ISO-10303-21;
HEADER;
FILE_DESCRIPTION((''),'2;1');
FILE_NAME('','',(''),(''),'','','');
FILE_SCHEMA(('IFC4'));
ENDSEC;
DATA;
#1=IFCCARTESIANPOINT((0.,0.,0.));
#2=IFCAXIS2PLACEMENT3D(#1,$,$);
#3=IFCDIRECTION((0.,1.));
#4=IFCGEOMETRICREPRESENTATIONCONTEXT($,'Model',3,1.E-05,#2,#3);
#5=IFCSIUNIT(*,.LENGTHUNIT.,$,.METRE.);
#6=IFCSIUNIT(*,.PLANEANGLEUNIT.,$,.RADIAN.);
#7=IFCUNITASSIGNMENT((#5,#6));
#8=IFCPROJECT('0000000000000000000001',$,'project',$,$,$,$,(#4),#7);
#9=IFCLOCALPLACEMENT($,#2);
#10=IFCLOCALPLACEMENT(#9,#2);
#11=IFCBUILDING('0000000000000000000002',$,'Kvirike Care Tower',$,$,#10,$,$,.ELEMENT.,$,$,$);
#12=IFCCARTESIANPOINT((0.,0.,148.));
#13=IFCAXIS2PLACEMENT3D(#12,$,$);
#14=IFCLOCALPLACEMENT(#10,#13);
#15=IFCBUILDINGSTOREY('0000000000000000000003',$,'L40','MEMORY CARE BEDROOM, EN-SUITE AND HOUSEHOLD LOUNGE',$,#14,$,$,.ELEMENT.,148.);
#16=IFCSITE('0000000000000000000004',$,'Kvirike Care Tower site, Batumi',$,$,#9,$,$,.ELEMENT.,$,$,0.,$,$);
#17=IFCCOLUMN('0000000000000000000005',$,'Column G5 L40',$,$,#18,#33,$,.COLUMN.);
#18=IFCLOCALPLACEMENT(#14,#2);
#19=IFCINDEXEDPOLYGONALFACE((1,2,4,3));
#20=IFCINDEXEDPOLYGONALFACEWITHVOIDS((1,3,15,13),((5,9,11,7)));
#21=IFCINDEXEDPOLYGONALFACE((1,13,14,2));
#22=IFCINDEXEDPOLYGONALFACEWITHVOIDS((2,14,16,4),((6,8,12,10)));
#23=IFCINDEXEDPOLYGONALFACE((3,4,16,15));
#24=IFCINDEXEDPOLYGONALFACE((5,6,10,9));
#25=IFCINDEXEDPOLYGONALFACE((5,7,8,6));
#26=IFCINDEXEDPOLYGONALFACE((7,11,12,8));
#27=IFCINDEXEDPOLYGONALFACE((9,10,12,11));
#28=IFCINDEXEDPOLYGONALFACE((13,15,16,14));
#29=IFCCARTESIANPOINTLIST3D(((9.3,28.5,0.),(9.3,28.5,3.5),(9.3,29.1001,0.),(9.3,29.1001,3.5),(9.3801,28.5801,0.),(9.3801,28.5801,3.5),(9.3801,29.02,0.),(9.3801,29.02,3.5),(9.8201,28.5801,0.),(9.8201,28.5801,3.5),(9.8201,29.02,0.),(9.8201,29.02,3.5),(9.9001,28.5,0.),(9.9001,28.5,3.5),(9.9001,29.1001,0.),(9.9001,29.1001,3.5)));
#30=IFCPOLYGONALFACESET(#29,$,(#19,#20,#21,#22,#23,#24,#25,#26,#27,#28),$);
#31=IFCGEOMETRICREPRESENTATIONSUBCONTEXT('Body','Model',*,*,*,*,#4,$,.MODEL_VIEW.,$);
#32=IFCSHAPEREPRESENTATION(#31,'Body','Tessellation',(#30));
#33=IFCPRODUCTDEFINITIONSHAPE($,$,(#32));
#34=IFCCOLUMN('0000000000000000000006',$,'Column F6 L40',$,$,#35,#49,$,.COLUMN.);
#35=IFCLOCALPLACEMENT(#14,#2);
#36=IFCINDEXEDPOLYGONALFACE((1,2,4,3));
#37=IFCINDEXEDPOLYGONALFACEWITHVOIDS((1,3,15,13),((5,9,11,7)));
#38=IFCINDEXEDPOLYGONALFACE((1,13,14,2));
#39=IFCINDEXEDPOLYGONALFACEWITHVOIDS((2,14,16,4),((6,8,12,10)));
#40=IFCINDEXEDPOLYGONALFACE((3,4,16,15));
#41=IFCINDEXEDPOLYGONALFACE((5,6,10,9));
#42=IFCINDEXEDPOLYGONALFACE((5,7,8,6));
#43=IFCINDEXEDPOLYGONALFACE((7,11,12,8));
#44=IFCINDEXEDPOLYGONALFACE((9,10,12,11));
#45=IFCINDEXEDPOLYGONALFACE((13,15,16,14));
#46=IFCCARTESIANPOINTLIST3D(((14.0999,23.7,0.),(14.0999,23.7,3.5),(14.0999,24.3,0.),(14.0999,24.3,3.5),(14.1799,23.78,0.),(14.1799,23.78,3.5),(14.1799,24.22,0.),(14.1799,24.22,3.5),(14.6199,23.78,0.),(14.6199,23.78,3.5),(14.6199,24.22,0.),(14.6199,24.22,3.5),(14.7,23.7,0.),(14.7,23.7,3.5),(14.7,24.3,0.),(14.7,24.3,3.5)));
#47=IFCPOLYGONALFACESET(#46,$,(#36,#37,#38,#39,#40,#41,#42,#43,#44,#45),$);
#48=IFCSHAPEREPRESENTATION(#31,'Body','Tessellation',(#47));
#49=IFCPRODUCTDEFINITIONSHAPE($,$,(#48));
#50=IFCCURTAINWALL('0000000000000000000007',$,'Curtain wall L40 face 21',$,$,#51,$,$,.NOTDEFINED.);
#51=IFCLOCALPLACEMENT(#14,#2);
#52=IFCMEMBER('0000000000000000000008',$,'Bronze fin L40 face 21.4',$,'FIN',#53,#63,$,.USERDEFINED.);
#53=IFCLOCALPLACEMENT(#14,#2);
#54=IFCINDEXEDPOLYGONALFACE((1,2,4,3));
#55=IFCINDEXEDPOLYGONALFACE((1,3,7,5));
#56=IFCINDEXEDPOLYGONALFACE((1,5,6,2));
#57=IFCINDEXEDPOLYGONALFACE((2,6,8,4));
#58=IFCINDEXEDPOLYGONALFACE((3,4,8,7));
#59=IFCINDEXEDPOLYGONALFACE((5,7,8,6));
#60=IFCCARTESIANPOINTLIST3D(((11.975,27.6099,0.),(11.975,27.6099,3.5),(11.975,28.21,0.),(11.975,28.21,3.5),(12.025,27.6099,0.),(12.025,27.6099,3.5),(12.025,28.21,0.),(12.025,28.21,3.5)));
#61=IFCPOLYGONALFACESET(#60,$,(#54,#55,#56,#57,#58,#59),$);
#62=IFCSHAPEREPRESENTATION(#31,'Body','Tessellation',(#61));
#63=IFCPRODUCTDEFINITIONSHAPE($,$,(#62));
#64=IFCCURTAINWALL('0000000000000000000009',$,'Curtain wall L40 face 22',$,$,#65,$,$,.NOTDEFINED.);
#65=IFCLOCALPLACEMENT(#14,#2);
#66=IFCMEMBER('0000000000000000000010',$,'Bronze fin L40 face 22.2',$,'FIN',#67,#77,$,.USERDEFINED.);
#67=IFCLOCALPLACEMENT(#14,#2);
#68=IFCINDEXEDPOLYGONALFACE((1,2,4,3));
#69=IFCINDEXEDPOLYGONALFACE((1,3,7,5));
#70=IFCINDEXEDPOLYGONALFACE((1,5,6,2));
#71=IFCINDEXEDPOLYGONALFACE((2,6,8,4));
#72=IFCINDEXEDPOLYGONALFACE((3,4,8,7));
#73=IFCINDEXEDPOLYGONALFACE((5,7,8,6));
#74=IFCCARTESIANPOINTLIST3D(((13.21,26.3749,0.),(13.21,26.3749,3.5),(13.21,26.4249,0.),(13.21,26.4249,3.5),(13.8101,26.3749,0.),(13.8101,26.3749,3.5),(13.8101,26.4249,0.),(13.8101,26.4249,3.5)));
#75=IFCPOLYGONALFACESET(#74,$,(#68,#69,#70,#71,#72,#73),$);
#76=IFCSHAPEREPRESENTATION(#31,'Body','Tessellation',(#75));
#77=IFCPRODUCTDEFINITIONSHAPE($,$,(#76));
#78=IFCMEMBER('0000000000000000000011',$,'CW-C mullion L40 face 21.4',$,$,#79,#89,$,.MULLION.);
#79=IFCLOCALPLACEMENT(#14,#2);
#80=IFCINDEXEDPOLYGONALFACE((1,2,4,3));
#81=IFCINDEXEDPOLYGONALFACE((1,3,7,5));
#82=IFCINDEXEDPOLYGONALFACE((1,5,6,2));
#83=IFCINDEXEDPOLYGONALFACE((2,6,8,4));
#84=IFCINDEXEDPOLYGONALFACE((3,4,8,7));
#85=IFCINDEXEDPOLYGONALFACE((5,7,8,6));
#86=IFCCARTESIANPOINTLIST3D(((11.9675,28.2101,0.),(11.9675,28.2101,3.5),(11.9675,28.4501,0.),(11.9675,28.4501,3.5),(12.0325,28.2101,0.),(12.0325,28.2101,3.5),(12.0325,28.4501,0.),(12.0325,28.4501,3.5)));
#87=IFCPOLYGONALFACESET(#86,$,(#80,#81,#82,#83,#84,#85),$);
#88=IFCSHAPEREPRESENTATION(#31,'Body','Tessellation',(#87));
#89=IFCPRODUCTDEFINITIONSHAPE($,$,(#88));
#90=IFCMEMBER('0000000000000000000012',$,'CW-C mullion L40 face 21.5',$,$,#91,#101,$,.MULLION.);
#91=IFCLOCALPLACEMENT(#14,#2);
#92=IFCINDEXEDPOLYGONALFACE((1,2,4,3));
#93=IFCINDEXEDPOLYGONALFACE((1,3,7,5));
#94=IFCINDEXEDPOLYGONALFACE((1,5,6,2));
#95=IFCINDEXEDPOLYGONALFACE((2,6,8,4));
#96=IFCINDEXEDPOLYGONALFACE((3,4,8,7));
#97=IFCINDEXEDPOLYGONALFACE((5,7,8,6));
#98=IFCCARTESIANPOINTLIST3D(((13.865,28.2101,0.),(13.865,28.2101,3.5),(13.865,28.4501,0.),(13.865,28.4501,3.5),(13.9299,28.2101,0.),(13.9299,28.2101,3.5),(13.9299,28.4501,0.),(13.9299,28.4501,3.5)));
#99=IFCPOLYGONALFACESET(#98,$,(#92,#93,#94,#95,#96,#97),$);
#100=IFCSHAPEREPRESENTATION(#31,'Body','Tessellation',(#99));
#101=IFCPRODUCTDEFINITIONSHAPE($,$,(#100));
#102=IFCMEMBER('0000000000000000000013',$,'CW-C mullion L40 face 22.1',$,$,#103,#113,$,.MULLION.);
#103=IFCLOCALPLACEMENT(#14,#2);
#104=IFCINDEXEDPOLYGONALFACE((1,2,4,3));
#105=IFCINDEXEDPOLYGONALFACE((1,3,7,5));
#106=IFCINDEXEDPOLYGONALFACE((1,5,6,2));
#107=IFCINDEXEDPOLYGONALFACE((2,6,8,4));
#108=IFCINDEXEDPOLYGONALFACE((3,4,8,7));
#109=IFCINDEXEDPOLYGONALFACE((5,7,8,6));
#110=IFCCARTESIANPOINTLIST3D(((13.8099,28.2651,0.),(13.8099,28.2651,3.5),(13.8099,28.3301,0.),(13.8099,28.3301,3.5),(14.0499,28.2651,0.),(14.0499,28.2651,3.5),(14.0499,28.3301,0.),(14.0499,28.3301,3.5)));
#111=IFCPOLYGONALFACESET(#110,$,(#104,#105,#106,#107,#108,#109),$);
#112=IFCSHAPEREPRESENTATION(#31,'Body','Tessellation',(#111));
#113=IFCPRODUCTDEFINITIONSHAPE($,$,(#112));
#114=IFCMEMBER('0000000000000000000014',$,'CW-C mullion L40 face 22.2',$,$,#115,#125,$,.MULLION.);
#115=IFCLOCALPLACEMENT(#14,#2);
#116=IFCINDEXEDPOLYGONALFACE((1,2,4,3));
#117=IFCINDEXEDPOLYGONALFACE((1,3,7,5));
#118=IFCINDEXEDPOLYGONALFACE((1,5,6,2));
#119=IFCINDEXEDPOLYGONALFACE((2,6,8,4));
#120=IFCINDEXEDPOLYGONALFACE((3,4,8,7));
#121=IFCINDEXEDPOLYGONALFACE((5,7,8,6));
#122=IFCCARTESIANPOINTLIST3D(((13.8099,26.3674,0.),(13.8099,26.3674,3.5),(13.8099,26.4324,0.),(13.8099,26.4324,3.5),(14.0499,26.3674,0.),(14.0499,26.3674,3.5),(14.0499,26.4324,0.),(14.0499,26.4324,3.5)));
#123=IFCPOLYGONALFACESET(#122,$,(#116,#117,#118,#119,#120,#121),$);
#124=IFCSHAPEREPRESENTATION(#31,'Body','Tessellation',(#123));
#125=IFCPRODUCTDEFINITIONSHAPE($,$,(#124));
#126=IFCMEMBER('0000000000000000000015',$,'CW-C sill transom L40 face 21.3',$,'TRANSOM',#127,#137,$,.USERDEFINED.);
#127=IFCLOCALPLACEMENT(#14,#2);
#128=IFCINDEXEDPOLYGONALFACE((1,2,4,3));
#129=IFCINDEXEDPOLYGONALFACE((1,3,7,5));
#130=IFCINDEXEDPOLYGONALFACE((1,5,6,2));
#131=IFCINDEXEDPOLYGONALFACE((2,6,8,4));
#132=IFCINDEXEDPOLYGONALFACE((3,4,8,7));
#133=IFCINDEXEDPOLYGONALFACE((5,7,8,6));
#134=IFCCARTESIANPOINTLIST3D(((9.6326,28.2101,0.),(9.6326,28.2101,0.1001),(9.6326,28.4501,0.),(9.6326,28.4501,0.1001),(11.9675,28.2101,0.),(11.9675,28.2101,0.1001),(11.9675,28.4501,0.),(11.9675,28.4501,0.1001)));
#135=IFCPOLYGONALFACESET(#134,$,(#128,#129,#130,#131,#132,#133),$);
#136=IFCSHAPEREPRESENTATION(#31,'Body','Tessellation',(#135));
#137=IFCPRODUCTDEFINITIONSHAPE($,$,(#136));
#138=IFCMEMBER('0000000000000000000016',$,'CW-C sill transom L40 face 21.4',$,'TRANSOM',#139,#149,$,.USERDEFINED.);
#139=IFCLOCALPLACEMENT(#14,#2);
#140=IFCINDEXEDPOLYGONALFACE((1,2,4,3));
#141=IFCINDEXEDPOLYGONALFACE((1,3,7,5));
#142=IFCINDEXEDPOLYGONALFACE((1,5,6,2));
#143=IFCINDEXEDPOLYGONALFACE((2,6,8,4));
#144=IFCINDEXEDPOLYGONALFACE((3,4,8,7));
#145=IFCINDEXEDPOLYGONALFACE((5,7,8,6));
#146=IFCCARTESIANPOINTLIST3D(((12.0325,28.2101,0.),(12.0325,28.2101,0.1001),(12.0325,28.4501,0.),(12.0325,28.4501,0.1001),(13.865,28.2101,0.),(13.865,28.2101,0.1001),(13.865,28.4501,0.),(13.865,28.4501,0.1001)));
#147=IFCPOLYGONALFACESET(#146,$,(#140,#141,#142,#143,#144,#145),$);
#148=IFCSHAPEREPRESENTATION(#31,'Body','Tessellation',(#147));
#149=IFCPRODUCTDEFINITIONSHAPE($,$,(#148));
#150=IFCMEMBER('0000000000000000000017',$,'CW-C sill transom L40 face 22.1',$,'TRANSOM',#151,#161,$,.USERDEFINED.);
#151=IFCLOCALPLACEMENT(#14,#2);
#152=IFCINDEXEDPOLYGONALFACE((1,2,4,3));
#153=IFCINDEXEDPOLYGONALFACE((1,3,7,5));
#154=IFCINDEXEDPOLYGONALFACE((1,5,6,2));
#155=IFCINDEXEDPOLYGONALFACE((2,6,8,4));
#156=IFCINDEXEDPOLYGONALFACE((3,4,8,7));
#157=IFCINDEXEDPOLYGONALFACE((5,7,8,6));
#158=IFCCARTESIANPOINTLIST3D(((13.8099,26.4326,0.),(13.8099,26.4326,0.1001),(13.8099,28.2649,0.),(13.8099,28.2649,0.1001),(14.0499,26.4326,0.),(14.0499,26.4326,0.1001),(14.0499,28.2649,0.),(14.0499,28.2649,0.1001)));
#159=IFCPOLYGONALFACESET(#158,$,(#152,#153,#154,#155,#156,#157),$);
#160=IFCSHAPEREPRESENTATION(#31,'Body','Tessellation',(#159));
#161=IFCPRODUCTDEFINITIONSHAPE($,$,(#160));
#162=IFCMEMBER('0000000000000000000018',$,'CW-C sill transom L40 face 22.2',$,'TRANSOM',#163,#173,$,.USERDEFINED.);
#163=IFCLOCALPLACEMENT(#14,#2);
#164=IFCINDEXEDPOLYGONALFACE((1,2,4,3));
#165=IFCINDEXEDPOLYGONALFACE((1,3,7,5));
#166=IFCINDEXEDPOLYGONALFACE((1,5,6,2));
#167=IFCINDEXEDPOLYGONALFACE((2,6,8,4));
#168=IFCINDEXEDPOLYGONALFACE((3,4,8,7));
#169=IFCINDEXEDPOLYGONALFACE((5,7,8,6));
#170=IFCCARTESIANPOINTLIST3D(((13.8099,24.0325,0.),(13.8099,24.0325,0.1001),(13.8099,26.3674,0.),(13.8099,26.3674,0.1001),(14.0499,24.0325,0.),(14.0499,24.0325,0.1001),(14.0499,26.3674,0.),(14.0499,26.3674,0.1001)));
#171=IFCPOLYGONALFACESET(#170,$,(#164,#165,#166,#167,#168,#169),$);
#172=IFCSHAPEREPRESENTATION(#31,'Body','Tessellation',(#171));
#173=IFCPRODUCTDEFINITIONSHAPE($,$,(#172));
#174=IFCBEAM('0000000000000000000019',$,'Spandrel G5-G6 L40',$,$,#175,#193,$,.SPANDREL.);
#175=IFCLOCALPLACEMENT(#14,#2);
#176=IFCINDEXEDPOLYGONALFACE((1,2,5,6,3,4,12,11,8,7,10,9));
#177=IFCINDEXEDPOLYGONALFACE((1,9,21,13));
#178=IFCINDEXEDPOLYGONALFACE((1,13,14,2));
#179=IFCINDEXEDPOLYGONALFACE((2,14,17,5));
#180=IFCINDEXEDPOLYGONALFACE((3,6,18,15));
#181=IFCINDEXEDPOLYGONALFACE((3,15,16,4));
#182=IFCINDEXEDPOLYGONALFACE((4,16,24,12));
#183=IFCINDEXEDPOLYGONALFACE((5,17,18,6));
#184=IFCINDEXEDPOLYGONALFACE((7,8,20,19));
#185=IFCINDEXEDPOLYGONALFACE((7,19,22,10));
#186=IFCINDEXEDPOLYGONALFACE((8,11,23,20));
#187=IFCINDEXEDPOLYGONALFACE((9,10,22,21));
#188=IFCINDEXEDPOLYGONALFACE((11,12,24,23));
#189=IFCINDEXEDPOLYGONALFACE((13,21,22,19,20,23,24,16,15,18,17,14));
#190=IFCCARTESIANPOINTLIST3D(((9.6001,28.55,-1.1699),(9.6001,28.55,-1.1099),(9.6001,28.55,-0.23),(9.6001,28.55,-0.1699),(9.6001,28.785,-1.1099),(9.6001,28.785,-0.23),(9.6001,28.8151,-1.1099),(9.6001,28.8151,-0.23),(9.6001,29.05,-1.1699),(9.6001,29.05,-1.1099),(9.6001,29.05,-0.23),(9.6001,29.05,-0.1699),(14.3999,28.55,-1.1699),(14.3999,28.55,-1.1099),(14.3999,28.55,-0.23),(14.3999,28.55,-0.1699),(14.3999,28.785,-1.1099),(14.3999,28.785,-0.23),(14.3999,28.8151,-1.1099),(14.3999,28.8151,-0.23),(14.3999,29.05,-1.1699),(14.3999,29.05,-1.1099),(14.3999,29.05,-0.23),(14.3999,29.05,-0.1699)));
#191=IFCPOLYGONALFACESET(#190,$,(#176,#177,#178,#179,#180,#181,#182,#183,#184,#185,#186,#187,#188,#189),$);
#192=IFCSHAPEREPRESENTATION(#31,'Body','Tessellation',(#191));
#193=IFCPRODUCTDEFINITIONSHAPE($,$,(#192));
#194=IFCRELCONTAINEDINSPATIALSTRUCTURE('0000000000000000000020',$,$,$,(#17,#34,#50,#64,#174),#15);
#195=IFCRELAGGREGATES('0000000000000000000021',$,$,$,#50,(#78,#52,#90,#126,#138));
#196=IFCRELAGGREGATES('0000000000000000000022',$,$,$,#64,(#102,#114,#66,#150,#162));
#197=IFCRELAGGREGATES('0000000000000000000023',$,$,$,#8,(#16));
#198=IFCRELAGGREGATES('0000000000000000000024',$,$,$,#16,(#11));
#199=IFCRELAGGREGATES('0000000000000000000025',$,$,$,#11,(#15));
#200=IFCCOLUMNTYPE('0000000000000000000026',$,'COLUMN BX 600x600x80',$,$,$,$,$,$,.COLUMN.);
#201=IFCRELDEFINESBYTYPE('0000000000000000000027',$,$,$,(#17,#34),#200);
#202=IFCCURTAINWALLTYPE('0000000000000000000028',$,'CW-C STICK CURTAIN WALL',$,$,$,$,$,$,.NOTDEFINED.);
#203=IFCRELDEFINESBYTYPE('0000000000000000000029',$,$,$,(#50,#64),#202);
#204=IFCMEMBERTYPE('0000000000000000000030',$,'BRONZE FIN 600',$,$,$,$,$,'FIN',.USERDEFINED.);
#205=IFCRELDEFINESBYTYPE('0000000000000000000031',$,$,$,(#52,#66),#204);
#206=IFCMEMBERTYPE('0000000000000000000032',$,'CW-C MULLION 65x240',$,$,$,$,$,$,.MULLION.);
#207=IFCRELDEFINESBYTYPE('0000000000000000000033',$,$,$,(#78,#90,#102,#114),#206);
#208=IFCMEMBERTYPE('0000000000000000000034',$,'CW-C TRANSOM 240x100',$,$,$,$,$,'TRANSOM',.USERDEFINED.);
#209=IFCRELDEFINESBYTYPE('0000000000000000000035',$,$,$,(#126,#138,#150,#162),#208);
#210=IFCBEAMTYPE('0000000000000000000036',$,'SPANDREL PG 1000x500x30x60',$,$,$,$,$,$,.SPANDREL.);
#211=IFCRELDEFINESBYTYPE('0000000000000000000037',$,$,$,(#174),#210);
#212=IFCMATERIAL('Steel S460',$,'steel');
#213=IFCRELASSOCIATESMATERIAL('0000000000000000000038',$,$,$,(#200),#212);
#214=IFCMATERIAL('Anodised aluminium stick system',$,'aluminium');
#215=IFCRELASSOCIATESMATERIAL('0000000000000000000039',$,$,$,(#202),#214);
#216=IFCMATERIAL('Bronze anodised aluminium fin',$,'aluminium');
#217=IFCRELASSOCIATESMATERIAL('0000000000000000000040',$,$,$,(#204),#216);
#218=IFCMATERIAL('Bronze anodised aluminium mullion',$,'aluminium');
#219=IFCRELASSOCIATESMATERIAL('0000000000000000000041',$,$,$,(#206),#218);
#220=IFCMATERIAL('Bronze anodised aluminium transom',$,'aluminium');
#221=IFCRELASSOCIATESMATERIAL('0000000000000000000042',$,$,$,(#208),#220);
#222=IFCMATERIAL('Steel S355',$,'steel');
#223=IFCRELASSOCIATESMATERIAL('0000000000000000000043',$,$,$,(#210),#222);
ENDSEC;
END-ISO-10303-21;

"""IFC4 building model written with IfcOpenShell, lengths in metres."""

from ifc_helpers import new_model, si_unit, direction, frame, origin, origin_2d, place, context, subcontext, project, spatial, rectangle, hollow_rectangle, i_section, extrude, material, material_profile, profile_set, type_object, element, aggregate, save


model = new_model("IFC4")

# Units and contexts
model_context = context("Model", 3, precision=1e-05, world=origin(), true_north=direction((0.0, 1.0)))
body_context = subcontext(model_context, "Body", "Model", "MODEL_VIEW")
ifc_project = project(units=[si_unit("LENGTHUNIT", "METRE"), si_unit("PLANEANGLEUNIT", "RADIAN")], contexts=[model_context])

# Site, building, storey
site_placement = place(None, origin())
site = spatial("IfcSite", under=ifc_project, at=site_placement, Name="Kvirike Care Tower site, Batumi", CompositionType="ELEMENT", RefElevation=0.0)
building_placement = place(site_placement, origin())
building = spatial("IfcBuilding", under=site, at=building_placement, Name="Kvirike Care Tower", CompositionType="ELEMENT")
storey_placement = place(building_placement, frame((0.0, 0.0, 148.0)))
storey = spatial("IfcBuildingStorey", under=building, at=storey_placement, Name="L40", Description="MEMORY CARE BEDROOM, EN-SUITE AND HOUSEHOLD LOUNGE", CompositionType="ELEMENT", Elevation=148.0)

# Columns
ifc_material_1 = material(Name="Steel S460", Category="steel")
ifc_material_profile_1 = material_profile(ifc_material_1, hollow_rectangle(XDim=0.6001, YDim=0.6001, WallThickness=0.0801, at=origin_2d()), Name="BX 600x600x80")
ifc_profile_set_1 = profile_set([ifc_material_profile_1], Name="Steel S460")
column_type = type_object("IfcColumnType", Name="COLUMN BX 600x600x80", PredefinedType="COLUMN", material=ifc_profile_set_1)
for number, where, z_axis, x_axis, name in (
    (1, (9.6001, 28.8, 0.0), (0.0, 0.0, 1.0), (0.0, 1.0, 0.0), "Column G5 L40"),
    (2, (14.3999, 24.0, 0.0), (0.0, 0.0, 1.0), (1.0, 0.0, 0.0), "Column F6 L40"),
):
    element("IfcColumn", number, at=place(storey_placement, frame(where, z_axis=z_axis, x_axis=x_axis)), inside=storey, type_object=column_type, Name=name, PredefinedType="COLUMN", context=body_context, shape_type="SweptSolid", body=[
        extrude(hollow_rectangle(XDim=0.6001, YDim=0.6001, WallThickness=0.0801, at=origin_2d()), origin(), (0.0, 0.0, 1.0), 3.5),
    ])

# Curtain walls, members
ifc_material_2 = material(Name="Anodised aluminium stick system", Category="aluminium")
curtain_wall_type = type_object("IfcCurtainWallType", Name="CW-C STICK CURTAIN WALL", PredefinedType="NOTDEFINED", material=ifc_material_2)
curtain_wall_1_placement = place(storey_placement, origin())
curtain_wall_1 = element("IfcCurtainWall", 3, at=curtain_wall_1_placement, inside=storey, type_object=curtain_wall_type, Name="Curtain wall L40 face 21", PredefinedType="NOTDEFINED")
ifc_material_3 = material(Name="Bronze anodised aluminium fin", Category="aluminium")
ifc_material_profile_2 = material_profile(ifc_material_3, rectangle(XDim=0.05, YDim=0.6001, at=origin_2d()), Name="BRONZE FIN 600")
ifc_profile_set_2 = profile_set([ifc_material_profile_2], Name="Bronze anodised aluminium fin")
member_type_1 = type_object("IfcMemberType", Name="BRONZE FIN 600", ElementType="FIN", PredefinedType="USERDEFINED", material=ifc_profile_set_2)
member_1_placement = place(storey_placement, frame((12.0, 27.9099, 0.0), z_axis=(0.0, 0.0, 1.0), x_axis=(1.0, 0.0, 0.0)))
member_1 = element("IfcMember", 4, at=member_1_placement, type_object=member_type_1, Name="Bronze fin L40 face 21.4", ObjectType="FIN", PredefinedType="USERDEFINED", context=body_context, shape_type="SweptSolid", body=[
    extrude(rectangle(XDim=0.05, YDim=0.6001, at=origin_2d()), origin(), (0.0, 0.0, 1.0), 3.5),
])
curtain_wall_2_placement = place(storey_placement, origin())
curtain_wall_2 = element("IfcCurtainWall", 5, at=curtain_wall_2_placement, inside=storey, type_object=curtain_wall_type, Name="Curtain wall L40 face 22", PredefinedType="NOTDEFINED")
member_2_placement = place(storey_placement, frame((13.51, 26.3999, 0.0), z_axis=(0.0, 0.0, 1.0), x_axis=(0.0, -1.0, 0.0)))
member_2 = element("IfcMember", 6, at=member_2_placement, type_object=member_type_1, Name="Bronze fin L40 face 22.2", ObjectType="FIN", PredefinedType="USERDEFINED", context=body_context, shape_type="SweptSolid", body=[
    extrude(rectangle(XDim=0.05, YDim=0.6001, at=origin_2d()), origin(), (0.0, 0.0, 1.0), 3.5),
])

# Members
ifc_material_4 = material(Name="Bronze anodised aluminium mullion", Category="aluminium")
ifc_material_profile_3 = material_profile(ifc_material_4, rectangle(XDim=0.0649, YDim=0.24, at=origin_2d()), Name="CW-C MULLION 65x240")
ifc_profile_set_3 = profile_set([ifc_material_profile_3], Name="Bronze anodised aluminium mullion")
member_type_2 = type_object("IfcMemberType", Name="CW-C MULLION 65x240", PredefinedType="MULLION", material=ifc_profile_set_3)
member_3_placement = place(storey_placement, frame((12.0, 28.3301, 0.0), z_axis=(0.0, 0.0, 1.0), x_axis=(1.0, 0.0, 0.0)))
member_3 = element("IfcMember", 7, at=member_3_placement, type_object=member_type_2, Name="CW-C mullion L40 face 21.4", PredefinedType="MULLION", context=body_context, shape_type="SweptSolid", body=[
    extrude(rectangle(XDim=0.0649, YDim=0.24, at=origin_2d()), origin(), (0.0, 0.0, 1.0), 3.5),
])
member_4_placement = place(storey_placement, frame((13.8975, 28.3301, 0.0), z_axis=(0.0, 0.0, 1.0), x_axis=(1.0, 0.0, 0.0)))
member_4 = element("IfcMember", 8, at=member_4_placement, type_object=member_type_2, Name="CW-C mullion L40 face 21.5", PredefinedType="MULLION", context=body_context, shape_type="SweptSolid", body=[
    extrude(rectangle(XDim=0.0649, YDim=0.24, at=origin_2d()), origin(), (0.0, 0.0, 1.0), 3.5),
])
member_5_placement = place(storey_placement, frame((13.9299, 28.2976, 0.0), z_axis=(0.0, 0.0, 1.0), x_axis=(0.0, -1.0, 0.0)))
member_5 = element("IfcMember", 9, at=member_5_placement, type_object=member_type_2, Name="CW-C mullion L40 face 22.1", PredefinedType="MULLION", context=body_context, shape_type="SweptSolid", body=[
    extrude(rectangle(XDim=0.0649, YDim=0.24, at=origin_2d()), origin(), (0.0, 0.0, 1.0), 3.5),
])
member_6_placement = place(storey_placement, frame((13.9299, 26.3999, 0.0), z_axis=(0.0, 0.0, 1.0), x_axis=(0.0, -1.0, 0.0)))
member_6 = element("IfcMember", 10, at=member_6_placement, type_object=member_type_2, Name="CW-C mullion L40 face 22.2", PredefinedType="MULLION", context=body_context, shape_type="SweptSolid", body=[
    extrude(rectangle(XDim=0.0649, YDim=0.24, at=origin_2d()), origin(), (0.0, 0.0, 1.0), 3.5),
])
ifc_material_5 = material(Name="Bronze anodised aluminium transom", Category="aluminium")
ifc_material_profile_4 = material_profile(ifc_material_5, rectangle(XDim=0.24, YDim=0.1001, at=origin_2d()), Name="CW-C TRANSOM 240x100")
ifc_profile_set_4 = profile_set([ifc_material_profile_4], Name="Bronze anodised aluminium transom")
member_type_3 = type_object("IfcMemberType", Name="CW-C TRANSOM 240x100", ElementType="TRANSOM", PredefinedType="USERDEFINED", material=ifc_profile_set_4)
member_7_placement = place(storey_placement, frame((9.6326, 28.3301, 0.05), z_axis=(1.0, 0.0, 0.0), x_axis=(0.0, 1.0, 0.0)))
member_7 = element("IfcMember", 11, at=member_7_placement, type_object=member_type_3, Name="CW-C sill transom L40 face 21.3", ObjectType="TRANSOM", PredefinedType="USERDEFINED", context=body_context, shape_type="SweptSolid", body=[
    extrude(rectangle(XDim=0.24, YDim=0.1001, at=origin_2d()), origin(), (0.0, 0.0, 1.0), 2.335),
])
member_8_placement = place(storey_placement, frame((12.0325, 28.3301, 0.05), z_axis=(1.0, 0.0, 0.0), x_axis=(0.0, 1.0, 0.0)))
member_8 = element("IfcMember", 12, at=member_8_placement, type_object=member_type_3, Name="CW-C sill transom L40 face 21.4", ObjectType="TRANSOM", PredefinedType="USERDEFINED", context=body_context, shape_type="SweptSolid", body=[
    extrude(rectangle(XDim=0.24, YDim=0.1001, at=origin_2d()), origin(), (0.0, 0.0, 1.0), 1.8325),
])
member_9_placement = place(storey_placement, frame((13.9299, 28.2649, 0.05), z_axis=(0.0, -1.0, 0.0), x_axis=(1.0, 0.0, 0.0)))
member_9 = element("IfcMember", 13, at=member_9_placement, type_object=member_type_3, Name="CW-C sill transom L40 face 22.1", ObjectType="TRANSOM", PredefinedType="USERDEFINED", context=body_context, shape_type="SweptSolid", body=[
    extrude(rectangle(XDim=0.24, YDim=0.1001, at=origin_2d()), origin(), (0.0, 0.0, 1.0), 1.8323),
])
member_10_placement = place(storey_placement, frame((13.9299, 26.3674, 0.05), z_axis=(0.0, -1.0, 0.0), x_axis=(1.0, 0.0, 0.0)))
member_10 = element("IfcMember", 14, at=member_10_placement, type_object=member_type_3, Name="CW-C sill transom L40 face 22.2", ObjectType="TRANSOM", PredefinedType="USERDEFINED", context=body_context, shape_type="SweptSolid", body=[
    extrude(rectangle(XDim=0.24, YDim=0.1001, at=origin_2d()), origin(), (0.0, 0.0, 1.0), 2.335),
])

# Beam
ifc_material_6 = material(Name="Steel S355", Category="steel")
ifc_material_profile_5 = material_profile(ifc_material_6, i_section(OverallWidth=0.5, OverallDepth=1.0, WebThickness=0.03, FlangeThickness=0.0601, at=origin_2d()), Name="PG 1000x500x30x60")
ifc_profile_set_5 = profile_set([ifc_material_profile_5], Name="Steel S355")
beam_type_1 = type_object("IfcBeamType", Name="SPANDREL PG 1000x500x30x60", PredefinedType="SPANDREL", material=ifc_profile_set_5)
beam_1_placement = place(storey_placement, frame((9.6001, 28.8, -0.6699), z_axis=(1.0, 0.0, 0.0), x_axis=(0.0, 1.0, 0.0)))
element("IfcBeam", 15, at=beam_1_placement, inside=storey, type_object=beam_type_1, Name="Spandrel G5-G6 L40", PredefinedType="SPANDREL", context=body_context, shape_type="SweptSolid", body=[
    extrude(i_section(OverallWidth=0.5, OverallDepth=1.0, WebThickness=0.03, FlangeThickness=0.0601, at=origin_2d()), origin(), (0.0, 0.0, 1.0), 4.7998),
])

aggregate(curtain_wall_1, [member_3, member_1, member_4, member_7, member_8])
aggregate(curtain_wall_2, [member_5, member_6, member_2, member_9, member_10])

save(model, "model.ifc")
